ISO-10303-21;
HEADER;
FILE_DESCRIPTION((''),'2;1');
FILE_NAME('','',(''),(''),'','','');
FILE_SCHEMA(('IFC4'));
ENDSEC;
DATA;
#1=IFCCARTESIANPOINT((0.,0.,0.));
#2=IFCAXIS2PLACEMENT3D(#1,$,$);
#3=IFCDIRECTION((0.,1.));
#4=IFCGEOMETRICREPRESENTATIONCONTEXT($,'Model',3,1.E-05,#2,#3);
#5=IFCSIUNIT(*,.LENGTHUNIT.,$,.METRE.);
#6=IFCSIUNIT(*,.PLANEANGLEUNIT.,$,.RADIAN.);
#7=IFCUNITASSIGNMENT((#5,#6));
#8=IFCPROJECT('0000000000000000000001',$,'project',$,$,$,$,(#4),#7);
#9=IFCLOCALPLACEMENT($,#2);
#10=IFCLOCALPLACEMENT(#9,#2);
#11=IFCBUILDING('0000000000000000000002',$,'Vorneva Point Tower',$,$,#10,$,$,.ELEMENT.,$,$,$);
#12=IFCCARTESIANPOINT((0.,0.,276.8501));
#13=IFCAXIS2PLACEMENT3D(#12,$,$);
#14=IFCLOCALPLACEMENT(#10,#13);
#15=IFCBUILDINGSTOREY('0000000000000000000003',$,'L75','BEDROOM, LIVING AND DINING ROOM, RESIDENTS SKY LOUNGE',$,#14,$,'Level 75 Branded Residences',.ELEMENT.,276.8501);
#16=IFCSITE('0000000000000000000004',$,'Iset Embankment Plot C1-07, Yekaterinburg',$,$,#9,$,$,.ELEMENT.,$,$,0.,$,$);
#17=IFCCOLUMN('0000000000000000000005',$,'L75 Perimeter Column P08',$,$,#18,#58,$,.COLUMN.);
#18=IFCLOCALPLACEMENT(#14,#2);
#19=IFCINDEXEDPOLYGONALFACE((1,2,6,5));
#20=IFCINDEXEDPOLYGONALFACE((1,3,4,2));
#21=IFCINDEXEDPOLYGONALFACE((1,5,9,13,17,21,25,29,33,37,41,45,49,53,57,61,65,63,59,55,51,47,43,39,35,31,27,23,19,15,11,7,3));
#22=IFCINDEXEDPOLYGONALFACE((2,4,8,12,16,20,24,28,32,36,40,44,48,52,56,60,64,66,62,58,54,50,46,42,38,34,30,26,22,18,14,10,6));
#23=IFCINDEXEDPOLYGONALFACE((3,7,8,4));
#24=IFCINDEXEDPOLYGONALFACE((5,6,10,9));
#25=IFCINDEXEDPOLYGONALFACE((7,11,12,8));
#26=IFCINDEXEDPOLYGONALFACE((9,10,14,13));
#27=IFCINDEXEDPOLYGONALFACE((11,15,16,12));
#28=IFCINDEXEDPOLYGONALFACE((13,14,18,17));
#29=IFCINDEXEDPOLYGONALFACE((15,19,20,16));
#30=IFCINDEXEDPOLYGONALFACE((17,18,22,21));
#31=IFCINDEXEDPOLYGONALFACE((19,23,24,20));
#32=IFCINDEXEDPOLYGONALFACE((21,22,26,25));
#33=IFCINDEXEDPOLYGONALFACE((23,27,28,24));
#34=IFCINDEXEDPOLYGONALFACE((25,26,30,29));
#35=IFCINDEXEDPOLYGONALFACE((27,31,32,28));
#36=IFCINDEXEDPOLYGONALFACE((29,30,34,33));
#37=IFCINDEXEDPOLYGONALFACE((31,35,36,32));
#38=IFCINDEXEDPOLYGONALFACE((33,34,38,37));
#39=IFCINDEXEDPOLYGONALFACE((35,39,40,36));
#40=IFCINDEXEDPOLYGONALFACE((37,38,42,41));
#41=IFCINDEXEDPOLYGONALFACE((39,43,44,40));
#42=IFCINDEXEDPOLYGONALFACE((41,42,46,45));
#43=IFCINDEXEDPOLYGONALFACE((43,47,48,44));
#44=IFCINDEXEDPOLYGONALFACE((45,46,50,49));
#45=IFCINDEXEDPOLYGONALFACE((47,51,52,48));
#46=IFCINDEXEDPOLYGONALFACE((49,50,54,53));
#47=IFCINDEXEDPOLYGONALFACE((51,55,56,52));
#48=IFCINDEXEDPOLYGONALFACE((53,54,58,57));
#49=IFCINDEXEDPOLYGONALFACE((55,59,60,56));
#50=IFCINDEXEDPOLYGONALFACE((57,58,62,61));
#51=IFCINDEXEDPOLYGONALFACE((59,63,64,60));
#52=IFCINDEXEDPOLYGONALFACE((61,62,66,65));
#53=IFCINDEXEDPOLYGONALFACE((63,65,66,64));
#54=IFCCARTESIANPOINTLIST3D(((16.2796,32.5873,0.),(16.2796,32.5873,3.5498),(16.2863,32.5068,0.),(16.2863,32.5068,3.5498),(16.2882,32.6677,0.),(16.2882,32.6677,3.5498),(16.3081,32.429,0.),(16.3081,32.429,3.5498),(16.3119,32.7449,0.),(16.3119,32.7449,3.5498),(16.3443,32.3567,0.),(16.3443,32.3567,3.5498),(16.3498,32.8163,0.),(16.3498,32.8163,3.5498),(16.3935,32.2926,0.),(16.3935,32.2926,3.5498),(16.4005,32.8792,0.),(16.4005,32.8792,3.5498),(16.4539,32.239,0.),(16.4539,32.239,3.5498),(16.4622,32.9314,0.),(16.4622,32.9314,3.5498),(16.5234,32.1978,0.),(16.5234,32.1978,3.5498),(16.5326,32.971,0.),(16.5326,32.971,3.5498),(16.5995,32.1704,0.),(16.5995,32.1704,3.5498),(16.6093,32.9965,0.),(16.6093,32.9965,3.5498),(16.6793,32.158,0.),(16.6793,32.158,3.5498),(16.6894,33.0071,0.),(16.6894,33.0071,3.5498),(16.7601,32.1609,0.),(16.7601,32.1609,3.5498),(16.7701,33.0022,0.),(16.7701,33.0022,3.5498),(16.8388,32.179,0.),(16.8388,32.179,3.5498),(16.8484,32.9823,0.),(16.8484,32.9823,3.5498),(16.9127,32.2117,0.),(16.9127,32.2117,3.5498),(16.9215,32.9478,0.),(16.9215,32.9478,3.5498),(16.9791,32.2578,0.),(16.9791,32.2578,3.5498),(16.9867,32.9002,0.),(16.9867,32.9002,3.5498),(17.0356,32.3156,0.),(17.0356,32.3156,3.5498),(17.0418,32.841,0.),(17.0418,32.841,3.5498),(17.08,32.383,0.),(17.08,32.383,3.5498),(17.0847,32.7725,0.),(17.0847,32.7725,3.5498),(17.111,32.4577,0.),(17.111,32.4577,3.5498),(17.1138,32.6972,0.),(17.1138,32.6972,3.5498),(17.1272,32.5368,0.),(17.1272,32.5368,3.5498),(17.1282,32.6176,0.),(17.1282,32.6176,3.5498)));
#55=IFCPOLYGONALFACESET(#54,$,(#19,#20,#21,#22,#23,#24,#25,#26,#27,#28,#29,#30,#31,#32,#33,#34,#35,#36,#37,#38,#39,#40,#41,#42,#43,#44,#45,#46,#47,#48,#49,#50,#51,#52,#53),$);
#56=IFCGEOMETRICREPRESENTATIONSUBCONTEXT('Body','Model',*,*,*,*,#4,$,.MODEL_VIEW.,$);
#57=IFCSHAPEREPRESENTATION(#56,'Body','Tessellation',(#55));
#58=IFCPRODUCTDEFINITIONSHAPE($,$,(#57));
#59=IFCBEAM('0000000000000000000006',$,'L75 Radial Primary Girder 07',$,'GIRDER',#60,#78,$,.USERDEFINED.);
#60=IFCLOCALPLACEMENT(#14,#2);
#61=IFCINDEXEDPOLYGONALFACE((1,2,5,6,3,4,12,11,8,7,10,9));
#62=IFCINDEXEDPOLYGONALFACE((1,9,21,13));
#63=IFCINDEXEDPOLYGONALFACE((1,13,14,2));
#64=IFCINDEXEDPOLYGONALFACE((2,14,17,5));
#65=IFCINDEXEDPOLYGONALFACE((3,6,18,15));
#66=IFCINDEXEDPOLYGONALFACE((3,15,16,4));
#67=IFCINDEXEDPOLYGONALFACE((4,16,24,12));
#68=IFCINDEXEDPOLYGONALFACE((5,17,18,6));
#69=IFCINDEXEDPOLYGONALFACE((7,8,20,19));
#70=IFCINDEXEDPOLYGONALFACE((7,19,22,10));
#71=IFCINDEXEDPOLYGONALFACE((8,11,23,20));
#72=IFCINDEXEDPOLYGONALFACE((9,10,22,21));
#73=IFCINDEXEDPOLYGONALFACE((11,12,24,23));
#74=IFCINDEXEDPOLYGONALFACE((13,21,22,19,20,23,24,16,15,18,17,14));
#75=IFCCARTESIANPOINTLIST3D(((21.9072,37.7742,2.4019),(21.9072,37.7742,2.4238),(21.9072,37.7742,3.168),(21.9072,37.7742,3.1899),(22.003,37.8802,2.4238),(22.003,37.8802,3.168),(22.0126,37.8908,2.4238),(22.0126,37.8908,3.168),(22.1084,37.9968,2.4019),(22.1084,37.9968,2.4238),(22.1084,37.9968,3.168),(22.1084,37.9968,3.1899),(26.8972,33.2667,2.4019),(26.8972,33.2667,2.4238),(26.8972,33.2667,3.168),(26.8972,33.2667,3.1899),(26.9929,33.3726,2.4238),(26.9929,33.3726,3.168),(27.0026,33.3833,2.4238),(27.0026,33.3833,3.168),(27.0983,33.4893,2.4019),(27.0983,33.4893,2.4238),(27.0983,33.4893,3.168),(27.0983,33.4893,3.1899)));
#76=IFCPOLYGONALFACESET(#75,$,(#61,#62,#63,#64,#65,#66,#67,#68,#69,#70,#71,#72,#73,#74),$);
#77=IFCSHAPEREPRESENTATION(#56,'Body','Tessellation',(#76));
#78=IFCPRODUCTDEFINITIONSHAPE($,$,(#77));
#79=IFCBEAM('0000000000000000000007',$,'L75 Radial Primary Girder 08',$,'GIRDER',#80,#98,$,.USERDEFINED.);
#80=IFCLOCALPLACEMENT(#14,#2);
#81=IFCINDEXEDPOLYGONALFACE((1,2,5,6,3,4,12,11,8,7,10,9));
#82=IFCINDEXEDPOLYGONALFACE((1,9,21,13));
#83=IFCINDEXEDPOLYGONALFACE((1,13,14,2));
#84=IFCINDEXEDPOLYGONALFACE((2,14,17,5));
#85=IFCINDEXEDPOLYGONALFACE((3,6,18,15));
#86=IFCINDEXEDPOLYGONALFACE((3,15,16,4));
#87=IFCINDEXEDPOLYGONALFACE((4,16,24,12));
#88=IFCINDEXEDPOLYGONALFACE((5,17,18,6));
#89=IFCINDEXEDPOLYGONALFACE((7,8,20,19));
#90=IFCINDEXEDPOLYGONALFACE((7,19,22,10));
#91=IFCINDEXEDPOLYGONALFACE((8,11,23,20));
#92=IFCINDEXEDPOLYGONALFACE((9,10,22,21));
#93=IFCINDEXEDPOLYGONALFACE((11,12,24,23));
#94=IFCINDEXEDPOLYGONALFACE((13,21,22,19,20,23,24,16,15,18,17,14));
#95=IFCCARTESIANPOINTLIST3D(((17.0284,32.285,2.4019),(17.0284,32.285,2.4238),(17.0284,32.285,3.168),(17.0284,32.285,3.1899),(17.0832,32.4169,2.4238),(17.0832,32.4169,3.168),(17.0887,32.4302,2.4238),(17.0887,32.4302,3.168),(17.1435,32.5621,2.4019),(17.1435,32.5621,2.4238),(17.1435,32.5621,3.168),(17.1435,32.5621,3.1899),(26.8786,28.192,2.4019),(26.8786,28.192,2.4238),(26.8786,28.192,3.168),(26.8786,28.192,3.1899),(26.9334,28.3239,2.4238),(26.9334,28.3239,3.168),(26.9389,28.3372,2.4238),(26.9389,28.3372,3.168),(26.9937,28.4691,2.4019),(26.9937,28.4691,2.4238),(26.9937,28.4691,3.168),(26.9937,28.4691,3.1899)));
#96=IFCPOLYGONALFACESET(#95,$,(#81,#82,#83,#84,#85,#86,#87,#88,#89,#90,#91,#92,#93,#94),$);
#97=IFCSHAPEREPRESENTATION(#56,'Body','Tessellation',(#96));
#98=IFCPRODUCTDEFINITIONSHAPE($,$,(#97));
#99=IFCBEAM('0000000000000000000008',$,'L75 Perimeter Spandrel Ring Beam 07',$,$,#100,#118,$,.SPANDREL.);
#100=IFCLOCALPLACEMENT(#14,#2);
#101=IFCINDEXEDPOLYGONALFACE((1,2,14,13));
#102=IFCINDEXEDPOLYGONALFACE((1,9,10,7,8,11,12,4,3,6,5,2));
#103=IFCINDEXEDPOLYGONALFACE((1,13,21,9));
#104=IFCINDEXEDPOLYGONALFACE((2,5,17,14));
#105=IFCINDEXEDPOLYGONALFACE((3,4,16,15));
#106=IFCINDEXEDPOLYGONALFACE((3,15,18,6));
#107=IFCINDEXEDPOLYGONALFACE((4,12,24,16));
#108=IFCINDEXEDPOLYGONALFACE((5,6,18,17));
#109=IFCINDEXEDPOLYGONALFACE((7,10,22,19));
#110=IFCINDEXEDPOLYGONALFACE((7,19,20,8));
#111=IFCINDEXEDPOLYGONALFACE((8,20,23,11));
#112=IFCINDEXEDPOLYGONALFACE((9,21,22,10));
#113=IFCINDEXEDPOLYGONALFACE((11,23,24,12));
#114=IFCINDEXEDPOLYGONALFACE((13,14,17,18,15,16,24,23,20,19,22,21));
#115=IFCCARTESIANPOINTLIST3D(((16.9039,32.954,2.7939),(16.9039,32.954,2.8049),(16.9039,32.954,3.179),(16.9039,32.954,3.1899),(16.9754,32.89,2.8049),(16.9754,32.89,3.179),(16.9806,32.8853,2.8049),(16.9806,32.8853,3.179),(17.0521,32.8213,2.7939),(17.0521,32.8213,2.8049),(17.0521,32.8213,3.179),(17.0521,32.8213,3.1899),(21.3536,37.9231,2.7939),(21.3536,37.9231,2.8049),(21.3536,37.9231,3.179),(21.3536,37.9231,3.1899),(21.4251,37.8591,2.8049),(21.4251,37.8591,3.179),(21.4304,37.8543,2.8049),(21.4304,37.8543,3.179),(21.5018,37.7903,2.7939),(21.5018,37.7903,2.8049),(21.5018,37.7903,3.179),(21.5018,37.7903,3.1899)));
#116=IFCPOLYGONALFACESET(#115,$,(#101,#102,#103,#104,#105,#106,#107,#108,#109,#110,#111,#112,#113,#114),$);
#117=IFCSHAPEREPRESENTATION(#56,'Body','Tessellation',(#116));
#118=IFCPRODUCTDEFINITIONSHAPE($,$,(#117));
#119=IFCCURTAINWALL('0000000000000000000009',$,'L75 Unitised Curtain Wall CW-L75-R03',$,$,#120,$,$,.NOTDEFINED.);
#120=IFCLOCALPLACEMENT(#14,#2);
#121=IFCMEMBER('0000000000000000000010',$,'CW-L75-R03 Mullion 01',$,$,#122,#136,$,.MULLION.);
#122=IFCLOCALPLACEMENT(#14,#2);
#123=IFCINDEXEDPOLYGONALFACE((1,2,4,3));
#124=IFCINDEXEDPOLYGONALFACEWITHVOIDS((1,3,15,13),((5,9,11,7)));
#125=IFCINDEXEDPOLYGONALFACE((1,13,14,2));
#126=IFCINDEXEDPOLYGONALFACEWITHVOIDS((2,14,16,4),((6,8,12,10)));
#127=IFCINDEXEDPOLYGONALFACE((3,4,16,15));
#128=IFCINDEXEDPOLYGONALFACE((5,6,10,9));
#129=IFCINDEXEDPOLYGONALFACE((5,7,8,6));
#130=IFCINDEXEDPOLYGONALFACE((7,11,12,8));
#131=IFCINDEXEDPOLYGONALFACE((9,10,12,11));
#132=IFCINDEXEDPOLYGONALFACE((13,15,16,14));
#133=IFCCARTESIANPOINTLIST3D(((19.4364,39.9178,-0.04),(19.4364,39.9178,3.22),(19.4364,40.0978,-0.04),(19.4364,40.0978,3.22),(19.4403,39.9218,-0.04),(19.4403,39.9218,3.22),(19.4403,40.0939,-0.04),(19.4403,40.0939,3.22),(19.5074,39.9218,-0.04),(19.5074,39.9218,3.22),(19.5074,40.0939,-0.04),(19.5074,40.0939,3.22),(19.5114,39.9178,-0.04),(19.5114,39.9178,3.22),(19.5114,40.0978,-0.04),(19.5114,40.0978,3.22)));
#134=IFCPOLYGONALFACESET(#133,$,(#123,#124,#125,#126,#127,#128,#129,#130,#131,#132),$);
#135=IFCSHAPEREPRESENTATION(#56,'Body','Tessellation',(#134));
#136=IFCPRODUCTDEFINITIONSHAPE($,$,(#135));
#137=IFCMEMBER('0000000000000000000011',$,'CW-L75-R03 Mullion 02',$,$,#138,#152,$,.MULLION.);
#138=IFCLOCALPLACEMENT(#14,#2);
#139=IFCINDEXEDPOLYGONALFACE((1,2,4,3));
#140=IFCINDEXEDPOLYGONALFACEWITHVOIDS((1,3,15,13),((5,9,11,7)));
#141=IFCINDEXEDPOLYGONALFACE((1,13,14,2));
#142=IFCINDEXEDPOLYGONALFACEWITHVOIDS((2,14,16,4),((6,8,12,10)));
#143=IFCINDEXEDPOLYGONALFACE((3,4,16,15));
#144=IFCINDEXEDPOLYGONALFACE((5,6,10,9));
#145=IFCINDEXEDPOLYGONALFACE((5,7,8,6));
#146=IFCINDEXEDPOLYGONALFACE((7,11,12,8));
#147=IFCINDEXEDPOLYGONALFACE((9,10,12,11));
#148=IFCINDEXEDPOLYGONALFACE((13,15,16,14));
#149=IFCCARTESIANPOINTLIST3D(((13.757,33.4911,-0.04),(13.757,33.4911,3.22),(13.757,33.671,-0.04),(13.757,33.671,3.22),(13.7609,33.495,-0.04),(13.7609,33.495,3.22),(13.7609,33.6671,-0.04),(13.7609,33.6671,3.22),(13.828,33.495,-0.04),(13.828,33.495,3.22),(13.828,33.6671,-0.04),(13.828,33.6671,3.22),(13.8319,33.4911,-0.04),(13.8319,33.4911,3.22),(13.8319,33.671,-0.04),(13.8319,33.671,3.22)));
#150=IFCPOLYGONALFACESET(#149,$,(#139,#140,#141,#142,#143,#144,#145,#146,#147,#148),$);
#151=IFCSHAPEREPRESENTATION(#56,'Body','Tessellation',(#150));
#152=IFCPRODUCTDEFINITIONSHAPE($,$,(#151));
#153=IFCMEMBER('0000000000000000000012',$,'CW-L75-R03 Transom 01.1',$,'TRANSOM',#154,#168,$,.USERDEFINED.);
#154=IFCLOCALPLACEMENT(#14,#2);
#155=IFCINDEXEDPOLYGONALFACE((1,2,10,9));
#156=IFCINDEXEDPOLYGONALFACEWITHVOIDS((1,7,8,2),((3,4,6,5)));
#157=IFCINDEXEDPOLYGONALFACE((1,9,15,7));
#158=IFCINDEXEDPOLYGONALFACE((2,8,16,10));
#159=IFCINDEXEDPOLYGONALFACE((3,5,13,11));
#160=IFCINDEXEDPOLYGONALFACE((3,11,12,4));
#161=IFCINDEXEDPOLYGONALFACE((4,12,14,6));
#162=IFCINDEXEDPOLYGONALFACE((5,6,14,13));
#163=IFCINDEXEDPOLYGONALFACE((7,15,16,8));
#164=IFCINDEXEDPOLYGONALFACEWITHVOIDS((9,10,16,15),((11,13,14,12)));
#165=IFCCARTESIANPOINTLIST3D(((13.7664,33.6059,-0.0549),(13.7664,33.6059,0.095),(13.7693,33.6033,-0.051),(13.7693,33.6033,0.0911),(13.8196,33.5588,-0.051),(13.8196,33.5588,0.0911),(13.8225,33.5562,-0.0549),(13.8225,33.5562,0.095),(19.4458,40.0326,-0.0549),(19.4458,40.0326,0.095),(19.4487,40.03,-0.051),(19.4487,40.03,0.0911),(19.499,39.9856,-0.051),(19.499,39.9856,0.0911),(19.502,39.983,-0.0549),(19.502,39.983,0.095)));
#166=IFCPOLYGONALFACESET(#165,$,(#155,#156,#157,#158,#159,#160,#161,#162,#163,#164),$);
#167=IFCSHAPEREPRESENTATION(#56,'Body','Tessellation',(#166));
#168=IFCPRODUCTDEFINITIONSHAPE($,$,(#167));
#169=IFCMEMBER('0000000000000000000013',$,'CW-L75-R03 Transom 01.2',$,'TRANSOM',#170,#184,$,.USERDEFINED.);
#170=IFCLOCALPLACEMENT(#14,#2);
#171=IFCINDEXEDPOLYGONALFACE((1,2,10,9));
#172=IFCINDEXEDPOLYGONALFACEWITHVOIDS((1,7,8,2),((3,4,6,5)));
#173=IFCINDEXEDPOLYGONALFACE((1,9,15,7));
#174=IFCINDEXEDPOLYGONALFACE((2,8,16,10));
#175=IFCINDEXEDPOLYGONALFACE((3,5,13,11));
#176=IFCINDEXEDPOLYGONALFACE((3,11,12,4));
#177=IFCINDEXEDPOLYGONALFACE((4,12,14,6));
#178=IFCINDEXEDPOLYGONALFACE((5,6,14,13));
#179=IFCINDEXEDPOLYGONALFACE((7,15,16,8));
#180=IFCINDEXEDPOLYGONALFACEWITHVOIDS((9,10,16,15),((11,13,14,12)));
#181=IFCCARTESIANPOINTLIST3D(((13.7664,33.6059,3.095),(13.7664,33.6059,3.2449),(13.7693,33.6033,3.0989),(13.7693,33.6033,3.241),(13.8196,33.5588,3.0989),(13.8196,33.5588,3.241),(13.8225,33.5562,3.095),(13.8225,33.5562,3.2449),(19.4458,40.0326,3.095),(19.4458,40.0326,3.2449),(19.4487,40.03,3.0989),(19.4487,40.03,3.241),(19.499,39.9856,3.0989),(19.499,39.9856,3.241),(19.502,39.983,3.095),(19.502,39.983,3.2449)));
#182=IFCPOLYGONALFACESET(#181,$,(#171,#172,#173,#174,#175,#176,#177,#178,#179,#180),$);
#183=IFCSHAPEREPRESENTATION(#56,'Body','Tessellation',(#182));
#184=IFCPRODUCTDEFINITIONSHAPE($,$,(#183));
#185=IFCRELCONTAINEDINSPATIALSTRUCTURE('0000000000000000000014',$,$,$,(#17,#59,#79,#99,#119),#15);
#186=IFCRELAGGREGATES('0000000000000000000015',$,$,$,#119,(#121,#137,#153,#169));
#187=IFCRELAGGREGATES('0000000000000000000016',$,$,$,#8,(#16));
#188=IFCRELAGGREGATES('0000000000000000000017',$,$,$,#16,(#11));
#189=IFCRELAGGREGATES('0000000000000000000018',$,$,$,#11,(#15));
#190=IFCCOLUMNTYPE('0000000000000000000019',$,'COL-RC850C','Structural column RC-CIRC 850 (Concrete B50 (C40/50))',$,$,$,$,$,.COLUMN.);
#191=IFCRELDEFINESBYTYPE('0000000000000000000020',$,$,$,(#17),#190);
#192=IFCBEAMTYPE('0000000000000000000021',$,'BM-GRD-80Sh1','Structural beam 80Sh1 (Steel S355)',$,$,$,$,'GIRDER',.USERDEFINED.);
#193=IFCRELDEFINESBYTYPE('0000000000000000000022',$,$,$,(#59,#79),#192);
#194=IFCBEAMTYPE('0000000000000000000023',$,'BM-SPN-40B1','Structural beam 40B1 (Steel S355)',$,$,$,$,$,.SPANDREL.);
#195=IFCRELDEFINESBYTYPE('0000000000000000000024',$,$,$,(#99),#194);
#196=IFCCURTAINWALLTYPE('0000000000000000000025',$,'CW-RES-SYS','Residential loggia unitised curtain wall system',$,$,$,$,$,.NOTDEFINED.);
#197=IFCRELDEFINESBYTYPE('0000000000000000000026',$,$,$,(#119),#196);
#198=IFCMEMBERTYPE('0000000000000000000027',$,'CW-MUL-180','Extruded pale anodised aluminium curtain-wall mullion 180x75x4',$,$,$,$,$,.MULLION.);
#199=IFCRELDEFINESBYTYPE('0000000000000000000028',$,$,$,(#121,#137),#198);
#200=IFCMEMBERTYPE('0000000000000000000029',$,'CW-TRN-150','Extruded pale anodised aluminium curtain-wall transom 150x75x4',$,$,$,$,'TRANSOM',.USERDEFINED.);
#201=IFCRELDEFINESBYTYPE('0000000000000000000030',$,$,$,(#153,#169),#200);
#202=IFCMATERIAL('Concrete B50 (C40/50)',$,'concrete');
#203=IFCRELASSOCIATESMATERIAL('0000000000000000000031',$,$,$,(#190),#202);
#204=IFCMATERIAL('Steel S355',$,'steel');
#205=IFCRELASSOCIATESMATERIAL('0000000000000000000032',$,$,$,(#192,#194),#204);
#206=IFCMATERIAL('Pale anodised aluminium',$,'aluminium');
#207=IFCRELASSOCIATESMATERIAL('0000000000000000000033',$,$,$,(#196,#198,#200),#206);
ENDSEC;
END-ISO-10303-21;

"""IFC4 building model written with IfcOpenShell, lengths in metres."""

from ifc_helpers import new_model, si_unit, direction, frame, origin, origin_2d, place, context, subcontext, project, spatial, hollow_rectangle, circle, i_section, extrude, material, material_profile, profile_set, type_object, element, aggregate, save


model = new_model("IFC4")

# Units and contexts
model_context = context("Model", 3, precision=1e-05, world=origin(), true_north=direction((0.0, 1.0)))
body_context = subcontext(model_context, "Body", "Model", "MODEL_VIEW")
ifc_project = project(units=[si_unit("LENGTHUNIT", "METRE"), si_unit("PLANEANGLEUNIT", "RADIAN")], contexts=[model_context])

# Site, building, storey
site_placement = place(None, origin())
site = spatial("IfcSite", under=ifc_project, at=site_placement, Name="Iset Embankment Plot C1-07, Yekaterinburg", CompositionType="ELEMENT", RefElevation=0.0)
building_placement = place(site_placement, origin())
building = spatial("IfcBuilding", under=site, at=building_placement, Name="Vorneva Point Tower", CompositionType="ELEMENT")
storey_placement = place(building_placement, frame((0.0, 0.0, 276.8501)))
storey = spatial("IfcBuildingStorey", under=building, at=storey_placement, Name="L75", Description="BEDROOM, LIVING AND DINING ROOM, RESIDENTS SKY LOUNGE", LongName="Level 75 Branded Residences", CompositionType="ELEMENT", Elevation=276.8501)

# Column
ifc_material_1 = material(Name="Concrete B50 (C40/50)", Category="concrete")
ifc_material_profile_1 = material_profile(ifc_material_1, circle(Radius=0.425, at=origin_2d()), Name="RC-CIRC 850")
ifc_profile_set_1 = profile_set([ifc_material_profile_1], Name="Concrete B50 (C40/50)")
column_type = type_object("IfcColumnType", Name="COL-RC850C", Description="Structural column RC-CIRC 850 (Concrete B50 (C40/50))", PredefinedType="COLUMN", material=ifc_profile_set_1)
for number, where, z_axis, x_axis, name in (
    (1, (16.7046, 32.5823, 0.0), (0.0, 0.0, 1.0), (-0.92388, 0.382683, 0.0), "L75 Perimeter Column P08"),
):
    element("IfcColumn", number, at=place(storey_placement, frame(where, z_axis=z_axis, x_axis=x_axis)), inside=storey, type_object=column_type, Name=name, PredefinedType="COLUMN", context=body_context, shape_type="SweptSolid", body=[
        extrude(circle(Radius=0.425, at=origin_2d()), origin(), (0.0, 0.0, 1.0), 3.5498),
    ])

# Beams
ifc_material_2 = material(Name="Steel S355", Category="steel")
ifc_material_profile_2 = material_profile(ifc_material_2, i_section(OverallWidth=0.3, OverallDepth=0.7881, WebThickness=0.0144, FlangeThickness=0.022, at=origin_2d()), Name="80Sh1")
ifc_profile_set_2 = profile_set([ifc_material_profile_2], Name="Steel S355")
beam_type_1 = type_object("IfcBeamType", Name="BM-GRD-80Sh1", Description="Structural beam 80Sh1 (Steel S355)", ElementType="GIRDER", PredefinedType="USERDEFINED", material=ifc_profile_set_2)
beam_1_placement = place(storey_placement, frame((22.0078, 37.8855, 2.7959), z_axis=(0.742067, -0.670326, 0.0), x_axis=(0.670326, 0.742067, 0.0)))
element("IfcBeam", 2, at=beam_1_placement, inside=storey, type_object=beam_type_1, Name="L75 Radial Primary Girder 07", ObjectType="GIRDER", PredefinedType="USERDEFINED", context=body_context, shape_type="SweptSolid", body=[
    extrude(i_section(OverallWidth=0.3, OverallDepth=0.7881, WebThickness=0.0144, FlangeThickness=0.022, at=origin_2d()), origin(), (0.0, 0.0, 1.0), 6.7244),
])
beam_2_placement = place(storey_placement, frame((17.0859, 32.4236, 2.7959), z_axis=(0.923449, -0.383721, 0.0), x_axis=(0.383721, 0.923449, 0.0)))
element("IfcBeam", 3, at=beam_2_placement, inside=storey, type_object=beam_type_1, Name="L75 Radial Primary Girder 08", ObjectType="GIRDER", PredefinedType="USERDEFINED", context=body_context, shape_type="SweptSolid", body=[
    extrude(i_section(OverallWidth=0.3, OverallDepth=0.7881, WebThickness=0.0144, FlangeThickness=0.022, at=origin_2d()), origin(), (0.0, 0.0, 1.0), 10.6667),
])
ifc_material_profile_3 = material_profile(ifc_material_2, i_section(OverallWidth=0.199, OverallDepth=0.396, WebThickness=0.0071, FlangeThickness=0.011, at=origin_2d()), Name="40B1")
ifc_profile_set_3 = profile_set([ifc_material_profile_3], Name="Steel S355")
beam_type_2 = type_object("IfcBeamType", Name="BM-SPN-40B1", Description="Structural beam 40B1 (Steel S355)", PredefinedType="SPANDREL", material=ifc_profile_set_3)
beam_3_placement = place(storey_placement, frame((21.4277, 37.8567, 2.9919), z_axis=(-0.667108, -0.744961, 0.0), x_axis=(0.744961, -0.667108, 0.0)))
element("IfcBeam", 4, at=beam_3_placement, inside=storey, type_object=beam_type_2, Name="L75 Perimeter Spandrel Ring Beam 07", PredefinedType="SPANDREL", context=body_context, shape_type="SweptSolid", body=[
    extrude(i_section(OverallWidth=0.199, OverallDepth=0.396, WebThickness=0.0071, FlangeThickness=0.011, at=origin_2d()), origin(), (0.0, 0.0, 1.0), 6.6702),
])

# Curtain wall, members
ifc_material_3 = material(Name="Pale anodised aluminium", Category="aluminium")
curtain_wall_type = type_object("IfcCurtainWallType", Name="CW-RES-SYS", Description="Residential loggia unitised curtain wall system", PredefinedType="NOTDEFINED", material=ifc_material_3)
curtain_wall_placement = place(storey_placement, origin())
curtain_wall = element("IfcCurtainWall", 5, at=curtain_wall_placement, inside=storey, type_object=curtain_wall_type, Name="L75 Unitised Curtain Wall CW-L75-R03", PredefinedType="NOTDEFINED")
ifc_material_profile_4 = material_profile(ifc_material_3, hollow_rectangle(XDim=0.075, YDim=0.1799, WallThickness=0.0039, at=origin_2d()), Name="AL-MUL 180x75x4")
ifc_profile_set_4 = profile_set([ifc_material_profile_4], Name="Pale anodised aluminium")
member_type_1 = type_object("IfcMemberType", Name="CW-MUL-180", Description="Extruded pale anodised aluminium curtain-wall mullion 180x75x4", PredefinedType="MULLION", material=ifc_profile_set_4)
member_1_placement = place(storey_placement, frame((19.4739, 40.0078, -0.04), z_axis=(0.0, 0.0, 1.0), x_axis=(1.0, 0.0, 0.0)))
member_1 = element("IfcMember", 6, at=member_1_placement, type_object=member_type_1, Name="CW-L75-R03 Mullion 01", PredefinedType="MULLION", context=body_context, shape_type="SweptSolid", body=[
    extrude(hollow_rectangle(XDim=0.075, YDim=0.1799, WallThickness=0.0039, at=origin_2d()), origin(), (0.0, 0.0, 1.0), 3.26),
])
member_2_placement = place(storey_placement, frame((13.7944, 33.5811, -0.04), z_axis=(0.0, 0.0, 1.0), x_axis=(1.0, 0.0, 0.0)))
member_2 = element("IfcMember", 7, at=member_2_placement, type_object=member_type_1, Name="CW-L75-R03 Mullion 02", PredefinedType="MULLION", context=body_context, shape_type="SweptSolid", body=[
    extrude(hollow_rectangle(XDim=0.075, YDim=0.1799, WallThickness=0.0039, at=origin_2d()), origin(), (0.0, 0.0, 1.0), 3.26),
])
ifc_material_profile_5 = material_profile(ifc_material_3, hollow_rectangle(XDim=0.075, YDim=0.1499, WallThickness=0.0039, at=origin_2d()), Name="AL-TRN 150x75x4")
ifc_profile_set_5 = profile_set([ifc_material_profile_5], Name="Pale anodised aluminium")
member_type_2 = type_object("IfcMemberType", Name="CW-TRN-150", Description="Extruded pale anodised aluminium curtain-wall transom 150x75x4", ElementType="TRANSOM", PredefinedType="USERDEFINED", material=ifc_profile_set_5)
member_3_placement = place(storey_placement, frame((19.4739, 40.0078, 0.02), z_axis=(-0.662197, -0.74933, 0.0), x_axis=(0.74933, -0.662197, 0.0)))
member_3 = element("IfcMember", 8, at=member_3_placement, type_object=member_type_2, Name="CW-L75-R03 Transom 01.1", ObjectType="TRANSOM", PredefinedType="USERDEFINED", context=body_context, shape_type="SweptSolid", body=[
    extrude(hollow_rectangle(XDim=0.075, YDim=0.1499, WallThickness=0.0039, at=origin_2d()), origin(), (0.0, 0.0, 1.0), 8.5767),
])
member_4_placement = place(storey_placement, frame((19.4739, 40.0078, 3.1699), z_axis=(-0.662197, -0.74933, 0.0), x_axis=(0.74933, -0.662197, 0.0)))
member_4 = element("IfcMember", 9, at=member_4_placement, type_object=member_type_2, Name="CW-L75-R03 Transom 01.2", ObjectType="TRANSOM", PredefinedType="USERDEFINED", context=body_context, shape_type="SweptSolid", body=[
    extrude(hollow_rectangle(XDim=0.075, YDim=0.1499, WallThickness=0.0039, at=origin_2d()), origin(), (0.0, 0.0, 1.0), 8.5767),
])
aggregate(curtain_wall, [member_1, member_2, member_3, member_4])

save(model, "model.ifc")
